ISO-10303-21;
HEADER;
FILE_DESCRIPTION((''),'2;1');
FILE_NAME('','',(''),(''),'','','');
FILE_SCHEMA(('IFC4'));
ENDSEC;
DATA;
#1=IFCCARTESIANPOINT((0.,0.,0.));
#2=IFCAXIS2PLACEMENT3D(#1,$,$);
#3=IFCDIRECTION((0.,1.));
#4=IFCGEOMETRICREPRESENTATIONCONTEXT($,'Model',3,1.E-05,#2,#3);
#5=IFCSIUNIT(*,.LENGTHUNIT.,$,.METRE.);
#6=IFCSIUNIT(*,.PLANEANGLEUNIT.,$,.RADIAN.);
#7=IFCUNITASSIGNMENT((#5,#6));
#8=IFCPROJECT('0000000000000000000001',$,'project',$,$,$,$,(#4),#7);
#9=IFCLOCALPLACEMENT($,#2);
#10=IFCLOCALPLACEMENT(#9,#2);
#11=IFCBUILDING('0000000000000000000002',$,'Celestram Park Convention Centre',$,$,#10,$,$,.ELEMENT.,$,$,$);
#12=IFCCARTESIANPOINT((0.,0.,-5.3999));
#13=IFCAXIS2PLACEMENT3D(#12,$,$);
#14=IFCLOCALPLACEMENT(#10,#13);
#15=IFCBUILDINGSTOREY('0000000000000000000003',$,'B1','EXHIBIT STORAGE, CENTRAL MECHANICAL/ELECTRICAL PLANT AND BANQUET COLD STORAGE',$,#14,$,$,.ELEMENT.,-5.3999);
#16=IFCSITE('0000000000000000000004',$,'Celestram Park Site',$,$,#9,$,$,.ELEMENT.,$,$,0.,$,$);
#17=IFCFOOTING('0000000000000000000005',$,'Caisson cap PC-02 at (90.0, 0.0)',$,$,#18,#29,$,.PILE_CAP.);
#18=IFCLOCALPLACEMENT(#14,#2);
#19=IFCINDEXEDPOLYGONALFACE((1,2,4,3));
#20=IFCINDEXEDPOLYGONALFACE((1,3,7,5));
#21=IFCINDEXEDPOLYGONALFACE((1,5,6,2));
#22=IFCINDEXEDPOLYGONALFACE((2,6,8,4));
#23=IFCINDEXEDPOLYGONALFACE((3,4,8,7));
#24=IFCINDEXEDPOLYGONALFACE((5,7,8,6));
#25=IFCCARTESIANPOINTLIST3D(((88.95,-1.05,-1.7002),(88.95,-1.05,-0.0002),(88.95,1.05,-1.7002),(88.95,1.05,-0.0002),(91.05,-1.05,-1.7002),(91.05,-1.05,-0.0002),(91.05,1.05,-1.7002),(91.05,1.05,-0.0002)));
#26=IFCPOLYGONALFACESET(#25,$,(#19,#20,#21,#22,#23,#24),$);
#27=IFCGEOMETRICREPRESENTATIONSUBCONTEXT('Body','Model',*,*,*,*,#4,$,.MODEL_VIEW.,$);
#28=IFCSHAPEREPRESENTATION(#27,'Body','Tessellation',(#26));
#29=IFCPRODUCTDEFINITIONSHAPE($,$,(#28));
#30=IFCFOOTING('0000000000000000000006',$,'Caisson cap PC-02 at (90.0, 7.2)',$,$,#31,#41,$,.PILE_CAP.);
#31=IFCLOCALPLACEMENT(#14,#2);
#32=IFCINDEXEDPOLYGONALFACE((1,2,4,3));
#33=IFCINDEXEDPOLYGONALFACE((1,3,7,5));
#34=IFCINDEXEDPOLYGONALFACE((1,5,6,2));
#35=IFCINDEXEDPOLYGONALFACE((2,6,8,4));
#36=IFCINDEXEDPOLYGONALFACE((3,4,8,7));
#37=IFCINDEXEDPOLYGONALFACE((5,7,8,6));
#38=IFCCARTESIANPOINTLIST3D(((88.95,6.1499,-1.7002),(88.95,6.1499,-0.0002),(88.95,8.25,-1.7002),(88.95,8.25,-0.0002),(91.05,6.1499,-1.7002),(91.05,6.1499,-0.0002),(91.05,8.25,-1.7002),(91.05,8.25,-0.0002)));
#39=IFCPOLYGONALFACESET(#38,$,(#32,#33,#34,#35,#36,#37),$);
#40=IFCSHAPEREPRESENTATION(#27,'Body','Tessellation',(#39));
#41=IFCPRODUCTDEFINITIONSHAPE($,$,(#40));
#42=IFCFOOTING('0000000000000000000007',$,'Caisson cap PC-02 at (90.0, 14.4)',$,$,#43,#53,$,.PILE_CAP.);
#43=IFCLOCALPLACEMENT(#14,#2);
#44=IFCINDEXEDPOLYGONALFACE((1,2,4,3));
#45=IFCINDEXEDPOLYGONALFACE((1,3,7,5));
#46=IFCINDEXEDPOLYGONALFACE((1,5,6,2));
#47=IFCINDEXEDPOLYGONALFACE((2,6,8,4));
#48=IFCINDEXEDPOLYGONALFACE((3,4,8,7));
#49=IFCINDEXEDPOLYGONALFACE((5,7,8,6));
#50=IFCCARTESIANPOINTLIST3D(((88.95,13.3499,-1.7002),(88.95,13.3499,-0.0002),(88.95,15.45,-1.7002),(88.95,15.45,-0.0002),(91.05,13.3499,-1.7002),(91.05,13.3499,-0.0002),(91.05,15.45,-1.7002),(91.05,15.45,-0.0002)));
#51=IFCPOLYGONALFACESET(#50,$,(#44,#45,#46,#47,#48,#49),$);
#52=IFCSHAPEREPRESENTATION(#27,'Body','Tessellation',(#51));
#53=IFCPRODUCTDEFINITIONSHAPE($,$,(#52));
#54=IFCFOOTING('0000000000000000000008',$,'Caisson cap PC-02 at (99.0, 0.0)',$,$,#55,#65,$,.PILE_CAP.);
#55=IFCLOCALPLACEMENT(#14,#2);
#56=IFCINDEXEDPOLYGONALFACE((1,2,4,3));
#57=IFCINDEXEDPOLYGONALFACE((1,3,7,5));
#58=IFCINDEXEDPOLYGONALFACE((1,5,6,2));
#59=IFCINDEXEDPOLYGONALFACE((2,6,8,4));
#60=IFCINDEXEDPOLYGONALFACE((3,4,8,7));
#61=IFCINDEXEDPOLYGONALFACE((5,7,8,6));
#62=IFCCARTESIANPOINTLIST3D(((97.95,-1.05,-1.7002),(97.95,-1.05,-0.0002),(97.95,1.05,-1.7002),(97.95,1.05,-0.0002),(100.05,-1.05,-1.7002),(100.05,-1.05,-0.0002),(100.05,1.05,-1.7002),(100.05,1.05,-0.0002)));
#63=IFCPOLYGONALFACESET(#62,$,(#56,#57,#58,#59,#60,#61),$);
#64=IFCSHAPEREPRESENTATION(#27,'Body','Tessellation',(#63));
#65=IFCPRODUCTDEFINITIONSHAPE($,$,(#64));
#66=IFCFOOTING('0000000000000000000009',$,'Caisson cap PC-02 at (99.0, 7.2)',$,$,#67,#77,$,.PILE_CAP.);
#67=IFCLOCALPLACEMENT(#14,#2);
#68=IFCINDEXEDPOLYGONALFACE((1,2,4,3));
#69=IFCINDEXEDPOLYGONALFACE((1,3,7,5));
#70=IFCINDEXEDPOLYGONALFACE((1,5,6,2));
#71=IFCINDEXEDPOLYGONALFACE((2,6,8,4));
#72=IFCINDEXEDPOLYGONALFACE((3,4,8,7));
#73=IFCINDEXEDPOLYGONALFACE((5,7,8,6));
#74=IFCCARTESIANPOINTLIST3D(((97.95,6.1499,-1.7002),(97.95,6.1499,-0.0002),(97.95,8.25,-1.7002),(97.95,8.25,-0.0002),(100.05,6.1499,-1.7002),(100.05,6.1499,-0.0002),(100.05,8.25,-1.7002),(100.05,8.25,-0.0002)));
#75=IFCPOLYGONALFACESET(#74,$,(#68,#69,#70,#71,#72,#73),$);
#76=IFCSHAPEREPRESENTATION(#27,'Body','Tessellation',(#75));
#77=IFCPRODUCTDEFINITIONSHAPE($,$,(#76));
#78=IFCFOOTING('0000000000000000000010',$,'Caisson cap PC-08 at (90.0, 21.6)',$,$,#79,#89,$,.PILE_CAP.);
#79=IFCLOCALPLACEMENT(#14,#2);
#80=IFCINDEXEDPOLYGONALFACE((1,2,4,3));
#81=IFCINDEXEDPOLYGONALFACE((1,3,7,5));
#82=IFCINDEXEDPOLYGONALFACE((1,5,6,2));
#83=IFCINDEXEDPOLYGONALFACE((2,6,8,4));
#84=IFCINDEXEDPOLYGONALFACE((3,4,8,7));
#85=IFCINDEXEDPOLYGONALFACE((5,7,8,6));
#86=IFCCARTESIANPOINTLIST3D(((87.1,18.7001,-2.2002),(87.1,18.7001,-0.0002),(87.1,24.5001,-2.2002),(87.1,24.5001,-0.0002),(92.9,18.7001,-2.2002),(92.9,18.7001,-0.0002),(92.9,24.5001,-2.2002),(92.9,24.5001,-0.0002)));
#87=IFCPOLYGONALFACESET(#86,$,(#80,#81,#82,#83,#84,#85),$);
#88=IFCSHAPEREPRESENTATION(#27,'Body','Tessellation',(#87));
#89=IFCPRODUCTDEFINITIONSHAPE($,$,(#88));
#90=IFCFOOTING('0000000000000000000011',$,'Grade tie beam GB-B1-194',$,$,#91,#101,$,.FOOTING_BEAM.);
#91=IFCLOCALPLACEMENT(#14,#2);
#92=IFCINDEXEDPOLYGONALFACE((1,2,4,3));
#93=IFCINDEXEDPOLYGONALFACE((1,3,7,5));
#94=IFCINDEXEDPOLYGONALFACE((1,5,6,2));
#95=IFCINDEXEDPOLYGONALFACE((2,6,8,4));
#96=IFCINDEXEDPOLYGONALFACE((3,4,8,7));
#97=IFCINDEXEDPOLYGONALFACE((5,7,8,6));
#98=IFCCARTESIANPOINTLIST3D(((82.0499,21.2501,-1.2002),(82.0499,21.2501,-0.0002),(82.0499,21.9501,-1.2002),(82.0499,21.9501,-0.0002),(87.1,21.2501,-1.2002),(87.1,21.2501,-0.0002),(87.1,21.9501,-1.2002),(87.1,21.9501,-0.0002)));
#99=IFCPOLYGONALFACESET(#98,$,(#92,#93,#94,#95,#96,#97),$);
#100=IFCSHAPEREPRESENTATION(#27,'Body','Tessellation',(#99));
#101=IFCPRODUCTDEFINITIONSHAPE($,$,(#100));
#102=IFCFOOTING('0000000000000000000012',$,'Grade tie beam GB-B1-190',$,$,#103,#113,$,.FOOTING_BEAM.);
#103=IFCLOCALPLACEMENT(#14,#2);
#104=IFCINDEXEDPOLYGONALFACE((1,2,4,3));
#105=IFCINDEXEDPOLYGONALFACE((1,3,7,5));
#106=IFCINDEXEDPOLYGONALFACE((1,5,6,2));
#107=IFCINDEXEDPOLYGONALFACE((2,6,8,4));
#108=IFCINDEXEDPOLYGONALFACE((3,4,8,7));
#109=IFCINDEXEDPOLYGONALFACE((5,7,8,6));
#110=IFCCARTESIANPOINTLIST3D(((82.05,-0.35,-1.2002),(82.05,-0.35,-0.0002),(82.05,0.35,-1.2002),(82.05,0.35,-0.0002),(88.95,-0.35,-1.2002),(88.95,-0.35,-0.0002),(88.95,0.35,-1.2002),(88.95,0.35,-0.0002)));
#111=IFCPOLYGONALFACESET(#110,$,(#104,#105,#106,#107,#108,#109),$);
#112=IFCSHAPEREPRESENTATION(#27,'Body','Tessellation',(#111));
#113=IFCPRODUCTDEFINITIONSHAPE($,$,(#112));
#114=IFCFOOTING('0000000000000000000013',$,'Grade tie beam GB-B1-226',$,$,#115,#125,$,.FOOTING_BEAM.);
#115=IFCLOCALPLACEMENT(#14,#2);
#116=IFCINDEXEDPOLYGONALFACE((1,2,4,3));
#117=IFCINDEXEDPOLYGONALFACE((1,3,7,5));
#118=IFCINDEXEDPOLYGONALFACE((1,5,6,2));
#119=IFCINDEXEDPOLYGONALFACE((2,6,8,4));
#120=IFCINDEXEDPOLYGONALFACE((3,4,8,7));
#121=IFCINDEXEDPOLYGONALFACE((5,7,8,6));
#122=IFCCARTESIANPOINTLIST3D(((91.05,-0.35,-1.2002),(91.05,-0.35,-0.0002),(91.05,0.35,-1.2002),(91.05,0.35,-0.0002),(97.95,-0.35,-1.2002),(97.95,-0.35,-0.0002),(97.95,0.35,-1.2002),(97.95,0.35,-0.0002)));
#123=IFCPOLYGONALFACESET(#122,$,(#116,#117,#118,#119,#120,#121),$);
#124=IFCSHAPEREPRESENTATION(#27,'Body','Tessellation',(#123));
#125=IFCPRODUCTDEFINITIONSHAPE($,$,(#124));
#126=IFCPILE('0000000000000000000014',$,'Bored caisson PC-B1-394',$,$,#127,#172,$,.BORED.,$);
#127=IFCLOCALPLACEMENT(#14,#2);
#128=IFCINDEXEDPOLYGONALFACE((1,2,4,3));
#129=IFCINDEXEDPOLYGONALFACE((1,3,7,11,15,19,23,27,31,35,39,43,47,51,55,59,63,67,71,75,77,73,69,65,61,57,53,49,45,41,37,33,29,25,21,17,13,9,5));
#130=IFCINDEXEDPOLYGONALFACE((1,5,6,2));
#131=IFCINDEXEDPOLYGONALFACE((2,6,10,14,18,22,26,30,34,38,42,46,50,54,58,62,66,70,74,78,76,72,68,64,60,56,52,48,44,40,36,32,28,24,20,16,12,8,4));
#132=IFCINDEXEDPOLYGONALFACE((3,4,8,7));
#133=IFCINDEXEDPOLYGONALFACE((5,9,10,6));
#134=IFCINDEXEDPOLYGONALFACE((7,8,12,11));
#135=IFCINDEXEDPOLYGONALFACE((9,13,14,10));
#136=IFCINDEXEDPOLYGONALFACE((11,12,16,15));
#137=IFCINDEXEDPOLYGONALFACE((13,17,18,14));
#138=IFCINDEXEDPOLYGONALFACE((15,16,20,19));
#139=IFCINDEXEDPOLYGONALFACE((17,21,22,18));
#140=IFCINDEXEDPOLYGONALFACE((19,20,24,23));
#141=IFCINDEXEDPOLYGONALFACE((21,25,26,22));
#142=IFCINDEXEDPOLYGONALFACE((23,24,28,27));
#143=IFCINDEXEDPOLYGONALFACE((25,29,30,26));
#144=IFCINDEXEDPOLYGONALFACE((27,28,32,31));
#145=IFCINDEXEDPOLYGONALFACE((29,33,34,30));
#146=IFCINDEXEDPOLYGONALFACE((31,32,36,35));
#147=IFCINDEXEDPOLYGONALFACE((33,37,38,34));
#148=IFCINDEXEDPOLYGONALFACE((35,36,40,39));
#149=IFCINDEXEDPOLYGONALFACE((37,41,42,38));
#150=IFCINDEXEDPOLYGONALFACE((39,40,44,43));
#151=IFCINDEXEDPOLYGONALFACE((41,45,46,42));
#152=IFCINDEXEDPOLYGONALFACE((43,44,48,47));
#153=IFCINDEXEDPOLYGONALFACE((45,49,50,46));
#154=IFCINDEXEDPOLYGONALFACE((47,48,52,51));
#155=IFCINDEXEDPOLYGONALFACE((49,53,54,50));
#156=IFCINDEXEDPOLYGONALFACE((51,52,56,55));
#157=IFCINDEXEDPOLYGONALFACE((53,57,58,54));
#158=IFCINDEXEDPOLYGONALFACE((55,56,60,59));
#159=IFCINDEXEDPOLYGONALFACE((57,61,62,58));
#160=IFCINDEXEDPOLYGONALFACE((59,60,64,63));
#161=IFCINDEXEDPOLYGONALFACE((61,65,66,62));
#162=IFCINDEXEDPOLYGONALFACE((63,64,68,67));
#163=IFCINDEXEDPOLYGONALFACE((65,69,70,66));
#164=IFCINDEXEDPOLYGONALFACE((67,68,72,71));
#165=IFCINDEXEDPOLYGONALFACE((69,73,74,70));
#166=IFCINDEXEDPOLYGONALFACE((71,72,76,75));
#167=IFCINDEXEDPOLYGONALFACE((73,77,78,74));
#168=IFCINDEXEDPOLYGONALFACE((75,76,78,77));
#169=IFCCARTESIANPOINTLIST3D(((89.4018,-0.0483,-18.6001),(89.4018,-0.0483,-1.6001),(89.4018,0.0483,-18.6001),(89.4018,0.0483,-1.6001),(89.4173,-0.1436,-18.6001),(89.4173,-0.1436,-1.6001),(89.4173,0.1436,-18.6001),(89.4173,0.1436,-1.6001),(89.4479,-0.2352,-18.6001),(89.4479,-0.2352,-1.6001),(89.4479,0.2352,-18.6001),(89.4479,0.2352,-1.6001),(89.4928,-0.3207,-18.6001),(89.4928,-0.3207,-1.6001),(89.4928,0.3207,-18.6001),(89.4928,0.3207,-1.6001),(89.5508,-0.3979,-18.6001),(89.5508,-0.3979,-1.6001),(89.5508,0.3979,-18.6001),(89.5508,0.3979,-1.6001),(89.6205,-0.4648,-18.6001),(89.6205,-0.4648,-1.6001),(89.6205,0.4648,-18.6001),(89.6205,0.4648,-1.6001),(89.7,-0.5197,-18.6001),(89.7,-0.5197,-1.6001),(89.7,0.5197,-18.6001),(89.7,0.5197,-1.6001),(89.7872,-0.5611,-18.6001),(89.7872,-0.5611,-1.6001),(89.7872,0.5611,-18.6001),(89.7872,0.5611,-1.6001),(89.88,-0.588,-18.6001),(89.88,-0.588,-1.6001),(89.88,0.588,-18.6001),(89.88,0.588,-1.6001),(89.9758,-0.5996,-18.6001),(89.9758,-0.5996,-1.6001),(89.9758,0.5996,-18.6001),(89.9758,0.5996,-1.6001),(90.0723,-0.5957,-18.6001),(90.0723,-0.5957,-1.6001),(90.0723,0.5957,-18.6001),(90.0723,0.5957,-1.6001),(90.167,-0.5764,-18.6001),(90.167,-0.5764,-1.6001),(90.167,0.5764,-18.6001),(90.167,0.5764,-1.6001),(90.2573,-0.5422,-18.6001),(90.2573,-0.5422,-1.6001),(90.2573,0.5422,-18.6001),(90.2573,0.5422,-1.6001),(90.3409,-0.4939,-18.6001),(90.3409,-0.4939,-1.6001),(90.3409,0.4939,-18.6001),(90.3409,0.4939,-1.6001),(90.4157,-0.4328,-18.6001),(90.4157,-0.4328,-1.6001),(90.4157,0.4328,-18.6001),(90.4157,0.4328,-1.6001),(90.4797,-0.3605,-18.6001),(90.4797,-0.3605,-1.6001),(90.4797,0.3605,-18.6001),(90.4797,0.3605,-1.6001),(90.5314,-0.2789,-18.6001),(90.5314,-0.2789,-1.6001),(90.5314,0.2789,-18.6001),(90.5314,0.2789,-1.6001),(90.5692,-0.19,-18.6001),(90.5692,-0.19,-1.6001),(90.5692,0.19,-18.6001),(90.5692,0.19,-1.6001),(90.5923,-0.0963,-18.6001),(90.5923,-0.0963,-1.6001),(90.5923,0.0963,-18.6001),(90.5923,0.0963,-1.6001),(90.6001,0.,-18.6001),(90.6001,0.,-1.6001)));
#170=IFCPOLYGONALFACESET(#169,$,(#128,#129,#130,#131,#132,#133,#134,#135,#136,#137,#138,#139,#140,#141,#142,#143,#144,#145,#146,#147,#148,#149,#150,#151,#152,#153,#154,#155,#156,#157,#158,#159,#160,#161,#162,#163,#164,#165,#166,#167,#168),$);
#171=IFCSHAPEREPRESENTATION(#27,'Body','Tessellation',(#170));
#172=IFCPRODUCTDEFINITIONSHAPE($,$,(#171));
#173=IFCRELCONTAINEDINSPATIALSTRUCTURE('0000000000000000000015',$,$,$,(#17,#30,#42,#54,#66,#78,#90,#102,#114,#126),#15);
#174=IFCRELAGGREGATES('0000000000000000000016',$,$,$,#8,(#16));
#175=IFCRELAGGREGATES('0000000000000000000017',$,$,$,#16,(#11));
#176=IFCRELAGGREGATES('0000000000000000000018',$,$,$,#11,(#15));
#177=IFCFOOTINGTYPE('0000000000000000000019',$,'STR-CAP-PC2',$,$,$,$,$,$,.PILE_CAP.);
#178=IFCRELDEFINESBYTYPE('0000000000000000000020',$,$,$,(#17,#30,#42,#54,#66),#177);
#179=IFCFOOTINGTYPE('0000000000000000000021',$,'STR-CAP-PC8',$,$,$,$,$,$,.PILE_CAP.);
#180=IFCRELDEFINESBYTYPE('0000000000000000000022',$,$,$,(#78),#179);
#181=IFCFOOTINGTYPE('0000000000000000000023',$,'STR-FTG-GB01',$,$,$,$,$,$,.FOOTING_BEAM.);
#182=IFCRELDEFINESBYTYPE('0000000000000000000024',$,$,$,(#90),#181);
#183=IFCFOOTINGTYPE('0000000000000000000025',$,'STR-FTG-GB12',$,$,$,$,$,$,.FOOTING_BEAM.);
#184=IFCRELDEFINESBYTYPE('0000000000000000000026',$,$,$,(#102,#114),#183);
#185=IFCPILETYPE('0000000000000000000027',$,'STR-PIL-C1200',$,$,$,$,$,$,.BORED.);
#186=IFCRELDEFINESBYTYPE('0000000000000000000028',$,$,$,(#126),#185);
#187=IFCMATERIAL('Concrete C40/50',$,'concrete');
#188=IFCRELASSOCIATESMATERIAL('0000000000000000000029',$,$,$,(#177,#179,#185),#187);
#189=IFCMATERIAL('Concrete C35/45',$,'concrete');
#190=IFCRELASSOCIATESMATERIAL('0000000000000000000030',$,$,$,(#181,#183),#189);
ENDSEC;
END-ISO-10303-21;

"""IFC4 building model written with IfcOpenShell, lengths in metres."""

from ifc_helpers import new_model, si_unit, direction, frame, origin, origin_2d, place, context, subcontext, project, spatial, rectangle, circle, extrude, material, material_profile, profile_set, type_object, element, save


model = new_model("IFC4")

# Units and contexts
model_context = context("Model", 3, precision=1e-05, world=origin(), true_north=direction((0.0, 1.0)))
body_context = subcontext(model_context, "Body", "Model", "MODEL_VIEW")
ifc_project = project(units=[si_unit("LENGTHUNIT", "METRE"), si_unit("PLANEANGLEUNIT", "RADIAN")], contexts=[model_context])

# Site, building, storey
site_placement = place(None, origin())
site = spatial("IfcSite", under=ifc_project, at=site_placement, Name="Celestram Park Site", CompositionType="ELEMENT", RefElevation=0.0)
building_placement = place(site_placement, origin())
building = spatial("IfcBuilding", under=site, at=building_placement, Name="Celestram Park Convention Centre", CompositionType="ELEMENT")
storey_placement = place(building_placement, frame((0.0, 0.0, -5.3999)))
storey = spatial("IfcBuildingStorey", under=building, at=storey_placement, Name="B1", Description="EXHIBIT STORAGE, CENTRAL MECHANICAL/ELECTRICAL PLANT AND BANQUET COLD STORAGE", CompositionType="ELEMENT", Elevation=-5.3999)

# Footings
ifc_material_1 = material(Name="Concrete C40/50", Category="concrete")
footing_type_1 = type_object("IfcFootingType", Name="STR-CAP-PC2", PredefinedType="PILE_CAP", material=ifc_material_1)
for number, where, z_axis, x_axis, name in (
    (1, (90.0, 0.0, -1.7002), (0.0, 0.0, 1.0), (1.0, 0.0, 0.0), "Caisson cap PC-02 at (90.0, 0.0)"),
    (2, (90.0, 7.2, -1.7002), (0.0, 0.0, 1.0), (1.0, 0.0, 0.0), "Caisson cap PC-02 at (90.0, 7.2)"),
    (3, (90.0, 14.3999, -1.7002), (0.0, 0.0, 1.0), (1.0, 0.0, 0.0), "Caisson cap PC-02 at (90.0, 14.4)"),
    (4, (99.0, 0.0, -1.7002), (0.0, 0.0, 1.0), (1.0, 0.0, 0.0), "Caisson cap PC-02 at (99.0, 0.0)"),
    (5, (99.0, 7.2, -1.7002), (0.0, 0.0, 1.0), (1.0, 0.0, 0.0), "Caisson cap PC-02 at (99.0, 7.2)"),
):
    element("IfcFooting", number, at=place(storey_placement, frame(where, z_axis=z_axis, x_axis=x_axis)), inside=storey, type_object=footing_type_1, Name=name, PredefinedType="PILE_CAP", context=body_context, shape_type="SweptSolid", body=[
        extrude(rectangle(XDim=2.1001, YDim=2.1001, at=origin_2d()), origin(), (0.0, 0.0, 1.0), 1.7),
    ])
footing_type_2 = type_object("IfcFootingType", Name="STR-CAP-PC8", PredefinedType="PILE_CAP", material=ifc_material_1)
footing_1_placement = place(storey_placement, frame((90.0, 21.6001, -2.2002), z_axis=(0.0, 0.0, 1.0), x_axis=(1.0, 0.0, 0.0)))
element("IfcFooting", 6, at=footing_1_placement, inside=storey, type_object=footing_type_2, Name="Caisson cap PC-08 at (90.0, 21.6)", PredefinedType="PILE_CAP", context=body_context, shape_type="SweptSolid", body=[
    extrude(rectangle(XDim=5.8, YDim=5.8, at=origin_2d()), origin(), (0.0, 0.0, 1.0), 2.2),
])
ifc_material_2 = material(Name="Concrete C35/45", Category="concrete")
footing_type_3 = type_object("IfcFootingType", Name="STR-FTG-GB01", PredefinedType="FOOTING_BEAM", material=ifc_material_2)
footing_2_placement = place(storey_placement, frame((84.575, 21.6001, -1.2002), z_axis=(0.0, 0.0, 1.0), x_axis=(1.0, 0.0, 0.0)))
element("IfcFooting", 7, at=footing_2_placement, inside=storey, type_object=footing_type_3, Name="Grade tie beam GB-B1-194", PredefinedType="FOOTING_BEAM", context=body_context, shape_type="SweptSolid", body=[
    extrude(rectangle(XDim=5.05, YDim=0.7, at=origin_2d()), origin(), (0.0, 0.0, 1.0), 1.2),
])
footing_type_4 = type_object("IfcFootingType", Name="STR-FTG-GB12", PredefinedType="FOOTING_BEAM", material=ifc_material_2)
for number, where, z_axis, x_axis, name in (
    (8, (85.5, 0.0, -1.2002), (0.0, 0.0, 1.0), (1.0, 0.0, 0.0), "Grade tie beam GB-B1-190"),
    (9, (94.5, 0.0, -1.2002), (0.0, 0.0, 1.0), (1.0, 0.0, 0.0), "Grade tie beam GB-B1-226"),
):
    element("IfcFooting", number, at=place(storey_placement, frame(where, z_axis=z_axis, x_axis=x_axis)), inside=storey, type_object=footing_type_4, Name=name, PredefinedType="FOOTING_BEAM", context=body_context, shape_type="SweptSolid", body=[
        extrude(rectangle(XDim=6.8999, YDim=0.7, at=origin_2d()), origin(), (0.0, 0.0, 1.0), 1.2),
    ])

# Pile
ifc_material_profile_1 = material_profile(ifc_material_1, circle(Radius=0.6001, at=origin_2d()), Name="CAISSON1200")
ifc_profile_set_1 = profile_set([ifc_material_profile_1], Name="Concrete C40/50")
pile_type_1 = type_object("IfcPileType", Name="STR-PIL-C1200", PredefinedType="BORED", material=ifc_profile_set_1)
for number, where, z_axis, x_axis, name in (
    (10, (90.0, 0.0, -1.6001), (0.0, 0.0, -1.0), (1.0, 0.0, 0.0), "Bored caisson PC-B1-394"),
):
    element("IfcPile", number, at=place(storey_placement, frame(where, z_axis=z_axis, x_axis=x_axis)), inside=storey, type_object=pile_type_1, Name=name, PredefinedType="BORED", context=body_context, shape_type="SweptSolid", body=[
        extrude(circle(Radius=0.6001, at=origin_2d()), origin(), (0.0, 0.0, 1.0), 17.0),
    ])

save(model, "model.ifc")
